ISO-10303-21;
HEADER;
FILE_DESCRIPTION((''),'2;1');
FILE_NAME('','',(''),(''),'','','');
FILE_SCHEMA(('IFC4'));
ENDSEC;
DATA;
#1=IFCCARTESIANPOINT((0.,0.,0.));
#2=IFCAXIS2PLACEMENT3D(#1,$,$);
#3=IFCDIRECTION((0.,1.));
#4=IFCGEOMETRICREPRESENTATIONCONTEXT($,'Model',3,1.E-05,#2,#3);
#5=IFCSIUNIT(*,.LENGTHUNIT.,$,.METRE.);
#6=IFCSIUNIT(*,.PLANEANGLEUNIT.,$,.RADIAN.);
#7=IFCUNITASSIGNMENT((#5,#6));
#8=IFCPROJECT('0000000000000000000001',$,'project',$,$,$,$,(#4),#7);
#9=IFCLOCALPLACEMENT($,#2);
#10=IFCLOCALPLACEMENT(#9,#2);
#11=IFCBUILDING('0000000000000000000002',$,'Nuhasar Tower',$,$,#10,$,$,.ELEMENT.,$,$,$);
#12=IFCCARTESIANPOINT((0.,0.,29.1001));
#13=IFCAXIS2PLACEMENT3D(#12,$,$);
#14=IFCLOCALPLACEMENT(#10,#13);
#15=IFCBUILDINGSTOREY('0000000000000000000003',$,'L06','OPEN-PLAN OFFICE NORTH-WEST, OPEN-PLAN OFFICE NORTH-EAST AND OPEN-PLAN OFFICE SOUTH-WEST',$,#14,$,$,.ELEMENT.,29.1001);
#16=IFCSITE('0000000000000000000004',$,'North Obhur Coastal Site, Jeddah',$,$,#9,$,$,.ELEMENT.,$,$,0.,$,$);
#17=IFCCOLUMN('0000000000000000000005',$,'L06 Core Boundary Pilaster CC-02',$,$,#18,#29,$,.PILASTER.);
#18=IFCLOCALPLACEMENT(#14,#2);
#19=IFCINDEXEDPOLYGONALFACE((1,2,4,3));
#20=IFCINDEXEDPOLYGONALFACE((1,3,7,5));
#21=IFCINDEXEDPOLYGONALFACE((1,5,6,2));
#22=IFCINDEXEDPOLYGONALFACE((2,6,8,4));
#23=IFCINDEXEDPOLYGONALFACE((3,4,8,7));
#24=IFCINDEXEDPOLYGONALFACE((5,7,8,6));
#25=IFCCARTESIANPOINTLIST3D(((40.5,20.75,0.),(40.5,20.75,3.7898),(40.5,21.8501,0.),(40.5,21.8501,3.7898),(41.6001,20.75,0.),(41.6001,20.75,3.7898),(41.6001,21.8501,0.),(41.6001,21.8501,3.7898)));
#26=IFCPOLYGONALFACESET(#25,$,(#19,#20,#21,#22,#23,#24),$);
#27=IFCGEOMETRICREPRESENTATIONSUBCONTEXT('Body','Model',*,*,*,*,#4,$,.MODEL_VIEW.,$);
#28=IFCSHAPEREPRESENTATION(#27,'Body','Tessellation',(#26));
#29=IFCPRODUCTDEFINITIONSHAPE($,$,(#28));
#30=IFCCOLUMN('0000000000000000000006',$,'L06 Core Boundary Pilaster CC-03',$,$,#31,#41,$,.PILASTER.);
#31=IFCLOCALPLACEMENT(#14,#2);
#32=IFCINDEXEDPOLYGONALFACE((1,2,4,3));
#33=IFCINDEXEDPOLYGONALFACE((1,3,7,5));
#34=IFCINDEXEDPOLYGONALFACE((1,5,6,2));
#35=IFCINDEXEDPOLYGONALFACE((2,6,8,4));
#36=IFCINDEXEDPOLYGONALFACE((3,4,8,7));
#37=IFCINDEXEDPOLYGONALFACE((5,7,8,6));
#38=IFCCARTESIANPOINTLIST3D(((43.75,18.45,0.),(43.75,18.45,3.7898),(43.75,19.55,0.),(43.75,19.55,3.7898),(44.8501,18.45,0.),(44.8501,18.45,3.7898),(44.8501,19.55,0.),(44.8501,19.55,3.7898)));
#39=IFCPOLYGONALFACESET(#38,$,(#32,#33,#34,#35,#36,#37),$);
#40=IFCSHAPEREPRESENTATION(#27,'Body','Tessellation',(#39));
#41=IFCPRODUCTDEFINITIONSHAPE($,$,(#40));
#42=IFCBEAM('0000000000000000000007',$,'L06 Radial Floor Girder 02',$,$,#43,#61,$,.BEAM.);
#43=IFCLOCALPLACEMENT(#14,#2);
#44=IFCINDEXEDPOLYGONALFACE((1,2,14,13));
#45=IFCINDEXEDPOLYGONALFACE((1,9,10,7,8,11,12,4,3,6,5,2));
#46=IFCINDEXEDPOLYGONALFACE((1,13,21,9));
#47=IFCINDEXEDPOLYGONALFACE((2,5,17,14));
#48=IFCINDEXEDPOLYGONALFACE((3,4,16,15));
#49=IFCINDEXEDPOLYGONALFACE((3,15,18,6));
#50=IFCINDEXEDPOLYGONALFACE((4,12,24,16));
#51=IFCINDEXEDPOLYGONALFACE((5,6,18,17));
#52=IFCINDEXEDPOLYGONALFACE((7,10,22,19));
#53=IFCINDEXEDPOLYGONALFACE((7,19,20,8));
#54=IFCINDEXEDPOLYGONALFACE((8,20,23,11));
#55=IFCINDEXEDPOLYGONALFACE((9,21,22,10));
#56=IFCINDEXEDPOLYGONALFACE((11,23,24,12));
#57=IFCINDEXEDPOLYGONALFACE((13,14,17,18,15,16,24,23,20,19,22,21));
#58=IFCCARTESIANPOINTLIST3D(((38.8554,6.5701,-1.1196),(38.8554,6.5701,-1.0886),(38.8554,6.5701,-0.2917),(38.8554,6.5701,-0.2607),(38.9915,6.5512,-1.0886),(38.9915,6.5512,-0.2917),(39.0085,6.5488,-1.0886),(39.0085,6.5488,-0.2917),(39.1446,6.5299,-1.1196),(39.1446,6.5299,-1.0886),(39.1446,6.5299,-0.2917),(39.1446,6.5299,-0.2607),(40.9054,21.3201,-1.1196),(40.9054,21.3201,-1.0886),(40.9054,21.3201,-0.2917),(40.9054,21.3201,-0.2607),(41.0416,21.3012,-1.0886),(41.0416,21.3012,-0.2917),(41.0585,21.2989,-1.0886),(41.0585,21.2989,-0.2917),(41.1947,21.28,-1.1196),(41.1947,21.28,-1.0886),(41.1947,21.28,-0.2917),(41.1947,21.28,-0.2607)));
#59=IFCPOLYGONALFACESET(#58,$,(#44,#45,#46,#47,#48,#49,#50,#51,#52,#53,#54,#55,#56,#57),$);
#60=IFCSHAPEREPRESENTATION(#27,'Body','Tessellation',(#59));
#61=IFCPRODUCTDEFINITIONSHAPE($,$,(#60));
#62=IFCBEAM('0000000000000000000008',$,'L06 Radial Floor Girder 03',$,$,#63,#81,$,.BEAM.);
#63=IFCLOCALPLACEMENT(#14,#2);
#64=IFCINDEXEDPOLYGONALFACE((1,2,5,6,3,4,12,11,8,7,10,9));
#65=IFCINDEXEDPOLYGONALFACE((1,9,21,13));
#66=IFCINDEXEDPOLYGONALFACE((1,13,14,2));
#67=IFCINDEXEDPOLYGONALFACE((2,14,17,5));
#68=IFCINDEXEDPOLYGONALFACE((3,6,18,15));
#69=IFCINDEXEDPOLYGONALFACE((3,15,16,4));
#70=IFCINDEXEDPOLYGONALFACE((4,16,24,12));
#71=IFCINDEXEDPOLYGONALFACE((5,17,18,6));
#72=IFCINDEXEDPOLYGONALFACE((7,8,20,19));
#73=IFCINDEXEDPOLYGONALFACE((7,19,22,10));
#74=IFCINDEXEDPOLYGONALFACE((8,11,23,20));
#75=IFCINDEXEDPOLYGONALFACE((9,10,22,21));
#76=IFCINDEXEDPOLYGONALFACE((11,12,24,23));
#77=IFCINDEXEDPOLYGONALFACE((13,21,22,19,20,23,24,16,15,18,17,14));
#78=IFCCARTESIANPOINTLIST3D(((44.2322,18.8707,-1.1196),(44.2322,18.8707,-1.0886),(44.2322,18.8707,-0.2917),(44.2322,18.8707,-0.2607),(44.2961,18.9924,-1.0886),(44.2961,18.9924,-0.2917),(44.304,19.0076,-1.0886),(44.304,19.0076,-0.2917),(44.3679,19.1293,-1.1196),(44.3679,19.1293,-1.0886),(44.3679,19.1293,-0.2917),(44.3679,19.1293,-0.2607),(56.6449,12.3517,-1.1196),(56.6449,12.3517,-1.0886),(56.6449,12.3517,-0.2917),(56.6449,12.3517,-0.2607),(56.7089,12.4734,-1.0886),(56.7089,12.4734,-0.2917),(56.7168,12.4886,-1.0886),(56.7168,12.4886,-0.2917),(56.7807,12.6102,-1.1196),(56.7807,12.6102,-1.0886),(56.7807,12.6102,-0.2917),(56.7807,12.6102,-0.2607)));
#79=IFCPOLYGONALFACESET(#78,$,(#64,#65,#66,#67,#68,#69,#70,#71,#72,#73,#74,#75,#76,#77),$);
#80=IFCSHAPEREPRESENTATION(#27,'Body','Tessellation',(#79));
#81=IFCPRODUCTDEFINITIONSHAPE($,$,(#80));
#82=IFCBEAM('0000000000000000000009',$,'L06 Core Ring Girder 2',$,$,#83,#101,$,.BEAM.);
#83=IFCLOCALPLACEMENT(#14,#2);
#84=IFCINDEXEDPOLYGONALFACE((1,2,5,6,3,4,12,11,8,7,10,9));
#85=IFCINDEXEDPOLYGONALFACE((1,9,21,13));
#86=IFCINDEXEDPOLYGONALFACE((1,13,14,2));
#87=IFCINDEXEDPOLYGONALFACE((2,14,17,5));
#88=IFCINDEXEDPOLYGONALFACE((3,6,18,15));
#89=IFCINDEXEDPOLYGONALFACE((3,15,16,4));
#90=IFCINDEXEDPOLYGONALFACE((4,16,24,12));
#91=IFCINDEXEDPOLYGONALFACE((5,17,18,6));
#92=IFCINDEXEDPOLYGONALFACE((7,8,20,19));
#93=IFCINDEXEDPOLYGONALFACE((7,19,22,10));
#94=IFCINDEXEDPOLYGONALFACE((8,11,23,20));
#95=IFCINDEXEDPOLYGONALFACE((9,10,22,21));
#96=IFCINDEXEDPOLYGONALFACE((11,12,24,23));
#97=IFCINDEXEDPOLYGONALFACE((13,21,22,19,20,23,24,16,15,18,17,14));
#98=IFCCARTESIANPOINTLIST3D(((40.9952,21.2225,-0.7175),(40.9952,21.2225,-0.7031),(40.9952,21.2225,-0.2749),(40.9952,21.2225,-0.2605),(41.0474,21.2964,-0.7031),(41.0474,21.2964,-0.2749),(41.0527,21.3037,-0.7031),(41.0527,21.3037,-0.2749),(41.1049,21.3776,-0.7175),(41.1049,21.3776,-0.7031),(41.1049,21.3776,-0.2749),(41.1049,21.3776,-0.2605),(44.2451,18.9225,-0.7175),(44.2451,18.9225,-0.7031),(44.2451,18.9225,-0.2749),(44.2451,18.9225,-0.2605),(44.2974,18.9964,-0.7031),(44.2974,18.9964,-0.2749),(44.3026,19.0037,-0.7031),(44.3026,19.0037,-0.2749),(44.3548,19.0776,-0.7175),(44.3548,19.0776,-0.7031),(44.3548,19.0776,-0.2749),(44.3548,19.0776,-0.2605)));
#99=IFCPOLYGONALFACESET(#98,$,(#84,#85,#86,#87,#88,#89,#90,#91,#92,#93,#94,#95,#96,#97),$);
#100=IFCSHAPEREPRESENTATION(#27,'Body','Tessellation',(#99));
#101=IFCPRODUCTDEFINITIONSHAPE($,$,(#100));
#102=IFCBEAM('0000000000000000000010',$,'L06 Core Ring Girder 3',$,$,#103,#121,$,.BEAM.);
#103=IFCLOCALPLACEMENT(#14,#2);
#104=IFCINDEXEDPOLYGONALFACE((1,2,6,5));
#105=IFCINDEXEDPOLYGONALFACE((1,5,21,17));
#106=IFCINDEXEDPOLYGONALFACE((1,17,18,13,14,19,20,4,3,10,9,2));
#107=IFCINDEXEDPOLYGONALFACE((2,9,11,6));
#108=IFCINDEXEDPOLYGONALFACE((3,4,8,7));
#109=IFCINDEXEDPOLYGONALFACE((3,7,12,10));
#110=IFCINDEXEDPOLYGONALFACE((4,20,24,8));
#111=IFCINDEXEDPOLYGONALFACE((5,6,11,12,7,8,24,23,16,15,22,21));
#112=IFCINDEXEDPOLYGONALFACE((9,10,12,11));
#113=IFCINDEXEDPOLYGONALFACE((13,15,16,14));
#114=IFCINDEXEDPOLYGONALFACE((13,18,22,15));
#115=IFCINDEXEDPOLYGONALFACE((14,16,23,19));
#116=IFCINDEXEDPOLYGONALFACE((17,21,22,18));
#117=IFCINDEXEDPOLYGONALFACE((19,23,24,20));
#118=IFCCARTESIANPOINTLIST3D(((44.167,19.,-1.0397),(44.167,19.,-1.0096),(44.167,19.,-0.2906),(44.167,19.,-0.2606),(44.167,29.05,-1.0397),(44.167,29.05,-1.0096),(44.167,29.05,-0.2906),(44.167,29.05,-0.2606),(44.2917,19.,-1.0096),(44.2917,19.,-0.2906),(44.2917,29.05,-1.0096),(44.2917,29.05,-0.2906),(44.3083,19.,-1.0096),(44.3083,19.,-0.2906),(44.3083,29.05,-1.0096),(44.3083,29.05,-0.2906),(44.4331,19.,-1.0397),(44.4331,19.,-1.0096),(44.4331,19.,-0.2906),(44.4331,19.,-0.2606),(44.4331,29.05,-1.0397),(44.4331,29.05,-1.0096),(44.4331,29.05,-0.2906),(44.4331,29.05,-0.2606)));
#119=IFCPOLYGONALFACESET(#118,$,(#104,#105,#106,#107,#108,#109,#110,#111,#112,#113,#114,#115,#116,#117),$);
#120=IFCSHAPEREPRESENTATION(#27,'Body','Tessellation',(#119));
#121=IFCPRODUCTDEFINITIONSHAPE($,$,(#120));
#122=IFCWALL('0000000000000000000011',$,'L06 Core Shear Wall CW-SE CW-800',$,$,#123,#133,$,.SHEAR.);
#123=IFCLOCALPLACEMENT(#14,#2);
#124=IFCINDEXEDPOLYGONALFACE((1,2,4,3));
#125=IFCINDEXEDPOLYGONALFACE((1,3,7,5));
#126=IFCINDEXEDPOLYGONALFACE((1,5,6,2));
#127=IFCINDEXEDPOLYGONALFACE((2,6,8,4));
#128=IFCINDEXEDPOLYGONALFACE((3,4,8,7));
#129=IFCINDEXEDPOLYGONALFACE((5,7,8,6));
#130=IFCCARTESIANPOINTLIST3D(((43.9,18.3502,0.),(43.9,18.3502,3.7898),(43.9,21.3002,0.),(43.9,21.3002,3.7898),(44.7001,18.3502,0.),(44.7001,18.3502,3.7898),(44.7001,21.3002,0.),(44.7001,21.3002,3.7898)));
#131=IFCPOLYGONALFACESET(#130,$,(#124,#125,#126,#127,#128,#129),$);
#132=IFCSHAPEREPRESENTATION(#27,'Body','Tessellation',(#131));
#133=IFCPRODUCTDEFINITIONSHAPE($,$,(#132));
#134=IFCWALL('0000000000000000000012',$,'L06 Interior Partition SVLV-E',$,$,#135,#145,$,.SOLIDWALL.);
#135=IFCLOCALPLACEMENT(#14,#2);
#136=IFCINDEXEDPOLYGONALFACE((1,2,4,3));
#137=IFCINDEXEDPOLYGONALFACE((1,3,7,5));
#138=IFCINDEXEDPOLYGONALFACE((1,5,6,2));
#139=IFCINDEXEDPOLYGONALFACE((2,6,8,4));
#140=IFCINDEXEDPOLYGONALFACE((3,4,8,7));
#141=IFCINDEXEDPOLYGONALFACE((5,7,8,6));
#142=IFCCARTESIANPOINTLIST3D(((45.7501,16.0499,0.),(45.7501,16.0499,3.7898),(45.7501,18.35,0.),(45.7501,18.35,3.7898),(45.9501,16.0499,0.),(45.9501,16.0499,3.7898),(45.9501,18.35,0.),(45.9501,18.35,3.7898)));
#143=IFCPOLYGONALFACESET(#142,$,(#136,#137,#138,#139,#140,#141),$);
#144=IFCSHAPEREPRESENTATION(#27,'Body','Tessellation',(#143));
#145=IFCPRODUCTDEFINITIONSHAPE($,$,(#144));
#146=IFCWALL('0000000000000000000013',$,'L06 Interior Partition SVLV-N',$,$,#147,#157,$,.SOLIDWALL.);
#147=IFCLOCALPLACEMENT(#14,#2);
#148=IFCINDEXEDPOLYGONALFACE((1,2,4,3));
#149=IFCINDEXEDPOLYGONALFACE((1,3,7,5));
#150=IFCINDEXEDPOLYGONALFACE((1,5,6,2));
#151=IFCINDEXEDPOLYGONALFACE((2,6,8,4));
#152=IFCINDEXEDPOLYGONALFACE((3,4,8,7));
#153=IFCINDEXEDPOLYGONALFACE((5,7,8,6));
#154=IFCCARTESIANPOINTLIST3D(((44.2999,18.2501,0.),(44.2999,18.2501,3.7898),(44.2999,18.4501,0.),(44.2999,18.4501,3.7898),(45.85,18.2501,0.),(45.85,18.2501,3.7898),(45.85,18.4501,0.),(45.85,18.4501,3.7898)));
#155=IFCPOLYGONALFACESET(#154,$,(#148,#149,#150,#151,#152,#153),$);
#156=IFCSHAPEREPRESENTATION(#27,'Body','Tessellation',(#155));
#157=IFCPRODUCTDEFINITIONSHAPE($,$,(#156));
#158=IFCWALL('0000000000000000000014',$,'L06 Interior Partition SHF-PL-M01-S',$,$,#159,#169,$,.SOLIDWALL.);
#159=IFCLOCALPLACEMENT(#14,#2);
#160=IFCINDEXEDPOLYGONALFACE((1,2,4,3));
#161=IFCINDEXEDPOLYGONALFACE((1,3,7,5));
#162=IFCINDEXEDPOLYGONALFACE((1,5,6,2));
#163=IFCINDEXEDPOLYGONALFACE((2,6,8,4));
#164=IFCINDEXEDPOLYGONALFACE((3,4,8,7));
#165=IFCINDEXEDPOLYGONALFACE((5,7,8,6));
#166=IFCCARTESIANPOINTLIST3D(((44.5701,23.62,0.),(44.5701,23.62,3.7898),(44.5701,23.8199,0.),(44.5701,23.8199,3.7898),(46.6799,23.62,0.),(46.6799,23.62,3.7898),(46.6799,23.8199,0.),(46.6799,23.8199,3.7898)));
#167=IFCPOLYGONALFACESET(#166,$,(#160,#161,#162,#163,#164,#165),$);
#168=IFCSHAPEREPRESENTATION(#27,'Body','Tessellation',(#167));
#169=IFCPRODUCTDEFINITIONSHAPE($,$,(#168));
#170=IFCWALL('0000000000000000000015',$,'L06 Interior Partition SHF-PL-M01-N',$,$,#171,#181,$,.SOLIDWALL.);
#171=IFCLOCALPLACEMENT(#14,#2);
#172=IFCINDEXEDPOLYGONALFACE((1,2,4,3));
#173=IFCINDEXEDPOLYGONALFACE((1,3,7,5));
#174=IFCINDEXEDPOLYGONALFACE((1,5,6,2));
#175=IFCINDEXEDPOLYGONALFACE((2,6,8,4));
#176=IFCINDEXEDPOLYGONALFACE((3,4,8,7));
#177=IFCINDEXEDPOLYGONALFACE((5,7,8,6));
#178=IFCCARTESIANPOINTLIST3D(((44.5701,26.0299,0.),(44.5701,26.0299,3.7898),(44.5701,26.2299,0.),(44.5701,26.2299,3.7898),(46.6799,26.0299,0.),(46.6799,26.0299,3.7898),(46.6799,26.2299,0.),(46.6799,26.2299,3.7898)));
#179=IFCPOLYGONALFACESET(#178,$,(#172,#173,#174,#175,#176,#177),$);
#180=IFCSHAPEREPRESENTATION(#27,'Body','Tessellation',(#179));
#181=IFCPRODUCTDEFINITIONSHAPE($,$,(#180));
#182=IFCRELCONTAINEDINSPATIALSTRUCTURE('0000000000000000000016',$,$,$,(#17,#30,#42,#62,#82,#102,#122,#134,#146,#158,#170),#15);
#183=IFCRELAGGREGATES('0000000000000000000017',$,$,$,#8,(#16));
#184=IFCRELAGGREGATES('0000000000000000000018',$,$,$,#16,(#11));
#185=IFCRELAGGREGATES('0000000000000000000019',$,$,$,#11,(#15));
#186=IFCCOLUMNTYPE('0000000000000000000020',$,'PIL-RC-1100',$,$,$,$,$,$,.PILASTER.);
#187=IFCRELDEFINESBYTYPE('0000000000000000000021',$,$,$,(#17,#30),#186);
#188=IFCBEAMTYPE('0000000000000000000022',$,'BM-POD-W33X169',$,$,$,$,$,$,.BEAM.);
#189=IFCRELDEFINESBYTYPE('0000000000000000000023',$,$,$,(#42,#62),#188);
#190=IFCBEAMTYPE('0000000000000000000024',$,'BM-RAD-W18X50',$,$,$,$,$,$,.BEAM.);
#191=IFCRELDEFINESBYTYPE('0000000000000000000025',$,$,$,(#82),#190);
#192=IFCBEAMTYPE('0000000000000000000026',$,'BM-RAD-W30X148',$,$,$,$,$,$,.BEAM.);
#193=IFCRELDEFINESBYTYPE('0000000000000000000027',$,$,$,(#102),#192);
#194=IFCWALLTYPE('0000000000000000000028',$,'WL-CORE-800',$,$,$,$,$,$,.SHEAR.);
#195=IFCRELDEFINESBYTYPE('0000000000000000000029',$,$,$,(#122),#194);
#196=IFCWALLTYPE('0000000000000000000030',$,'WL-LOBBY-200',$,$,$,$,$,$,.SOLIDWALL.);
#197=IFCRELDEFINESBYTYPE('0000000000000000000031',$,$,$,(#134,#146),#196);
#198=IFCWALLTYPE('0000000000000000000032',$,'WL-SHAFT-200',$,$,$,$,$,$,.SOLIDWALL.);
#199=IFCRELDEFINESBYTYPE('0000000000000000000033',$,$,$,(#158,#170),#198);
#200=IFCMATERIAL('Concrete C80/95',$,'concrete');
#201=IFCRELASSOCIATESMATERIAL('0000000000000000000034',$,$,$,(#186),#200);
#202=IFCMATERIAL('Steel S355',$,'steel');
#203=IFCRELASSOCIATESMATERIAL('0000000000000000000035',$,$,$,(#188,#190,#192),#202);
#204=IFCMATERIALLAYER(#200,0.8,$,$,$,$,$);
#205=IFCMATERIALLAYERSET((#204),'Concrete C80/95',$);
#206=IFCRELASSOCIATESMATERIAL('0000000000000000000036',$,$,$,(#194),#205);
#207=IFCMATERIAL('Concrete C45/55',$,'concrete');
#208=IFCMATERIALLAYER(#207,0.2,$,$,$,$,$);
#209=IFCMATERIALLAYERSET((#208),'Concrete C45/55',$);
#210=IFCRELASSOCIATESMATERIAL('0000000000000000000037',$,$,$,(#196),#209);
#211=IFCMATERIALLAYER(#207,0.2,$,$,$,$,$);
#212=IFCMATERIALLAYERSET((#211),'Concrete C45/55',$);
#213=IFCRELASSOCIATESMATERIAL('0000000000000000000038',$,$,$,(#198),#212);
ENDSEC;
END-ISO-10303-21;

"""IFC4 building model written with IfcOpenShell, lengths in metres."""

from ifc_helpers import new_model, si_unit, direction, frame, frame_2d, origin, origin_2d, place, context, subcontext, project, spatial, rectangle, i_section, extrude, material, layer, layer_set, material_profile, profile_set, type_object, element, save


model = new_model("IFC4")

# Units and contexts
model_context = context("Model", 3, precision=1e-05, world=origin(), true_north=direction((0.0, 1.0)))
body_context = subcontext(model_context, "Body", "Model", "MODEL_VIEW")
ifc_project = project(units=[si_unit("LENGTHUNIT", "METRE"), si_unit("PLANEANGLEUNIT", "RADIAN")], contexts=[model_context])

# Site, building, storey
site_placement = place(None, origin())
site = spatial("IfcSite", under=ifc_project, at=site_placement, Name="North Obhur Coastal Site, Jeddah", CompositionType="ELEMENT", RefElevation=0.0)
building_placement = place(site_placement, origin())
building = spatial("IfcBuilding", under=site, at=building_placement, Name="Nuhasar Tower", CompositionType="ELEMENT")
storey_placement = place(building_placement, frame((0.0, 0.0, 29.1001)))
storey = spatial("IfcBuildingStorey", under=building, at=storey_placement, Name="L06", Description="OPEN-PLAN OFFICE NORTH-WEST, OPEN-PLAN OFFICE NORTH-EAST AND OPEN-PLAN OFFICE SOUTH-WEST", CompositionType="ELEMENT", Elevation=29.1001)

# Columns
ifc_material_1 = material(Name="Concrete C80/95", Category="concrete")
ifc_material_profile_1 = material_profile(ifc_material_1, rectangle(XDim=1.1001, YDim=1.1001, at=origin_2d()), Name="RC1100X1100")
ifc_profile_set_1 = profile_set([ifc_material_profile_1], Name="Concrete C80/95")
column_type = type_object("IfcColumnType", Name="PIL-RC-1100", PredefinedType="PILASTER", material=ifc_profile_set_1)
for number, where, z_axis, x_axis, name in (
    (1, (41.05, 21.3, 0.0), (0.0, 0.0, 1.0), (1.0, 0.0, 0.0), "L06 Core Boundary Pilaster CC-02"),
    (2, (44.3, 19.0, 0.0), (0.0, 0.0, 1.0), (1.0, 0.0, 0.0), "L06 Core Boundary Pilaster CC-03"),
):
    element("IfcColumn", number, at=place(storey_placement, frame(where, z_axis=z_axis, x_axis=x_axis)), inside=storey, type_object=column_type, Name=name, PredefinedType="PILASTER", context=body_context, shape_type="SweptSolid", body=[
        extrude(rectangle(XDim=1.1001, YDim=1.1001, at=origin_2d()), origin(), (0.0, 0.0, 1.0), 3.7898),
    ])

# Beams
ifc_material_2 = material(Name="Steel S355", Category="steel")
ifc_material_profile_2 = material_profile(ifc_material_2, i_section(OverallWidth=0.292, OverallDepth=0.8589, WebThickness=0.0171, FlangeThickness=0.031, at=origin_2d()), Name="W33X169")
ifc_profile_set_2 = profile_set([ifc_material_profile_2], Name="Steel S355")
beam_type_1 = type_object("IfcBeamType", Name="BM-POD-W33X169", PredefinedType="BEAM", material=ifc_profile_set_2)
beam_1_placement = place(storey_placement, frame((41.05, 21.3, -0.6902), z_axis=(-0.137663, -0.990479, 0.0), x_axis=(0.990479, -0.137663, 0.0)))
element("IfcBeam", 3, at=beam_1_placement, inside=storey, type_object=beam_type_1, Name="L06 Radial Floor Girder 02", PredefinedType="BEAM", context=body_context, shape_type="SweptSolid", body=[
    extrude(i_section(OverallWidth=0.292, OverallDepth=0.8589, WebThickness=0.0171, FlangeThickness=0.031, at=origin_2d()), origin(), (0.0, 0.0, 1.0), 14.8918),
])
beam_2_placement = place(storey_placement, frame((44.3, 19.0, -0.6902), z_axis=(0.88533, -0.464963, 0.0), x_axis=(0.464963, 0.88533, 0.0)))
element("IfcBeam", 4, at=beam_2_placement, inside=storey, type_object=beam_type_1, Name="L06 Radial Floor Girder 03", PredefinedType="BEAM", context=body_context, shape_type="SweptSolid", body=[
    extrude(i_section(OverallWidth=0.292, OverallDepth=0.8589, WebThickness=0.0171, FlangeThickness=0.031, at=origin_2d()), origin(), (0.0, 0.0, 1.0), 14.0205),
])
ifc_material_profile_3 = material_profile(ifc_material_2, i_section(OverallWidth=0.1899, OverallDepth=0.457, WebThickness=0.009, FlangeThickness=0.0144, at=origin_2d()), Name="W18X50")
ifc_profile_set_3 = profile_set([ifc_material_profile_3], Name="Steel S355")
beam_type_2 = type_object("IfcBeamType", Name="BM-RAD-W18X50", PredefinedType="BEAM", material=ifc_profile_set_3)
beam_3_placement = place(storey_placement, frame((41.05, 21.3, -0.489), z_axis=(0.816265, -0.577677, 0.0), x_axis=(0.577677, 0.816265, 0.0)))
element("IfcBeam", 5, at=beam_3_placement, inside=storey, type_object=beam_type_2, Name="L06 Core Ring Girder 2", PredefinedType="BEAM", context=body_context, shape_type="SweptSolid", body=[
    extrude(i_section(OverallWidth=0.1899, OverallDepth=0.457, WebThickness=0.009, FlangeThickness=0.0144, at=origin_2d()), origin(), (0.0, 0.0, 1.0), 3.9814),
])
ifc_material_profile_4 = material_profile(ifc_material_2, i_section(OverallWidth=0.2661, OverallDepth=0.7791, WebThickness=0.0166, FlangeThickness=0.03, at=origin_2d()), Name="W30X148")
ifc_profile_set_4 = profile_set([ifc_material_profile_4], Name="Steel S355")
beam_type_3 = type_object("IfcBeamType", Name="BM-RAD-W30X148", PredefinedType="BEAM", material=ifc_profile_set_4)
beam_4_placement = place(storey_placement, frame((44.3, 19.0, -0.6501), z_axis=(0.0, 1.0, 0.0), x_axis=(-1.0, 0.0, 0.0)))
element("IfcBeam", 6, at=beam_4_placement, inside=storey, type_object=beam_type_3, Name="L06 Core Ring Girder 3", PredefinedType="BEAM", context=body_context, shape_type="SweptSolid", body=[
    extrude(i_section(OverallWidth=0.2661, OverallDepth=0.7791, WebThickness=0.0166, FlangeThickness=0.03, at=origin_2d()), origin(), (0.0, 0.0, 1.0), 10.05),
])

# Wall
ifc_layer_1 = layer(ifc_material_1, 0.8)
ifc_layer_set_1 = layer_set([ifc_layer_1], Name="Concrete C80/95")
wall_type_1 = type_object("IfcWallType", Name="WL-CORE-800", PredefinedType="SHEAR", material=ifc_layer_set_1)
wall_1_placement = place(storey_placement, frame((44.3, 18.3501, 0.0), z_axis=(0.0, 0.0, 1.0), x_axis=(0.0, 1.0, 0.0)))
element("IfcWall", 7, at=wall_1_placement, inside=storey, type_object=wall_type_1, Name="L06 Core Shear Wall CW-SE CW-800", PredefinedType="SHEAR", context=body_context, shape_type="SweptSolid", body=[
    extrude(rectangle(XDim=2.95, YDim=0.8, at=frame_2d((1.4751, 0.0))), origin(), (0.0, 0.0, 1.0), 3.7898),
])

# Shared definitions
ifc_material_3 = material(Name="Concrete C45/55", Category="concrete")
ifc_layer_2 = layer(ifc_material_3, 0.2)
ifc_layer_set_2 = layer_set([ifc_layer_2], Name="Concrete C45/55")
wall_type_2 = type_object("IfcWallType", Name="WL-LOBBY-200", PredefinedType="SOLIDWALL", material=ifc_layer_set_2)

# Walls
wall_2_placement = place(storey_placement, frame((45.8501, 16.05, 0.0), z_axis=(0.0, 0.0, 1.0), x_axis=(0.0, 1.0, 0.0)))
element("IfcWall", 8, at=wall_2_placement, inside=storey, type_object=wall_type_2, Name="L06 Interior Partition SVLV-E", PredefinedType="SOLIDWALL", context=body_context, shape_type="SweptSolid", body=[
    extrude(rectangle(XDim=2.3, YDim=0.2, at=frame_2d((1.1499, 0.0))), origin(), (0.0, 0.0, 1.0), 3.7898),
])
wall_3_placement = place(storey_placement, frame((44.3, 18.3501, 0.0), z_axis=(0.0, 0.0, 1.0), x_axis=(1.0, 0.0, 0.0)))
element("IfcWall", 9, at=wall_3_placement, inside=storey, type_object=wall_type_2, Name="L06 Interior Partition SVLV-N", PredefinedType="SOLIDWALL", context=body_context, shape_type="SweptSolid", body=[
    extrude(rectangle(XDim=1.55, YDim=0.2, at=frame_2d((0.7749, 0.0))), origin(), (0.0, 0.0, 1.0), 3.7898),
])
ifc_layer_3 = layer(ifc_material_3, 0.2)
ifc_layer_set_3 = layer_set([ifc_layer_3], Name="Concrete C45/55")
wall_type_3 = type_object("IfcWallType", Name="WL-SHAFT-200", PredefinedType="SOLIDWALL", material=ifc_layer_set_3)
for number, where, z_axis, x_axis, name in (
    (10, (44.5701, 23.72, 0.0), (0.0, 0.0, 1.0), (1.0, 0.0, 0.0), "L06 Interior Partition SHF-PL-M01-S"),
    (11, (44.5701, 26.1299, 0.0), (0.0, 0.0, 1.0), (1.0, 0.0, 0.0), "L06 Interior Partition SHF-PL-M01-N"),
):
    element("IfcWall", number, at=place(storey_placement, frame(where, z_axis=z_axis, x_axis=x_axis)), inside=storey, type_object=wall_type_3, Name=name, PredefinedType="SOLIDWALL", context=body_context, shape_type="SweptSolid", body=[
        extrude(rectangle(XDim=2.1099, YDim=0.2, at=frame_2d((1.0549, 0.0))), origin(), (0.0, 0.0, 1.0), 3.7898),
    ])

save(model, "model.ifc")
